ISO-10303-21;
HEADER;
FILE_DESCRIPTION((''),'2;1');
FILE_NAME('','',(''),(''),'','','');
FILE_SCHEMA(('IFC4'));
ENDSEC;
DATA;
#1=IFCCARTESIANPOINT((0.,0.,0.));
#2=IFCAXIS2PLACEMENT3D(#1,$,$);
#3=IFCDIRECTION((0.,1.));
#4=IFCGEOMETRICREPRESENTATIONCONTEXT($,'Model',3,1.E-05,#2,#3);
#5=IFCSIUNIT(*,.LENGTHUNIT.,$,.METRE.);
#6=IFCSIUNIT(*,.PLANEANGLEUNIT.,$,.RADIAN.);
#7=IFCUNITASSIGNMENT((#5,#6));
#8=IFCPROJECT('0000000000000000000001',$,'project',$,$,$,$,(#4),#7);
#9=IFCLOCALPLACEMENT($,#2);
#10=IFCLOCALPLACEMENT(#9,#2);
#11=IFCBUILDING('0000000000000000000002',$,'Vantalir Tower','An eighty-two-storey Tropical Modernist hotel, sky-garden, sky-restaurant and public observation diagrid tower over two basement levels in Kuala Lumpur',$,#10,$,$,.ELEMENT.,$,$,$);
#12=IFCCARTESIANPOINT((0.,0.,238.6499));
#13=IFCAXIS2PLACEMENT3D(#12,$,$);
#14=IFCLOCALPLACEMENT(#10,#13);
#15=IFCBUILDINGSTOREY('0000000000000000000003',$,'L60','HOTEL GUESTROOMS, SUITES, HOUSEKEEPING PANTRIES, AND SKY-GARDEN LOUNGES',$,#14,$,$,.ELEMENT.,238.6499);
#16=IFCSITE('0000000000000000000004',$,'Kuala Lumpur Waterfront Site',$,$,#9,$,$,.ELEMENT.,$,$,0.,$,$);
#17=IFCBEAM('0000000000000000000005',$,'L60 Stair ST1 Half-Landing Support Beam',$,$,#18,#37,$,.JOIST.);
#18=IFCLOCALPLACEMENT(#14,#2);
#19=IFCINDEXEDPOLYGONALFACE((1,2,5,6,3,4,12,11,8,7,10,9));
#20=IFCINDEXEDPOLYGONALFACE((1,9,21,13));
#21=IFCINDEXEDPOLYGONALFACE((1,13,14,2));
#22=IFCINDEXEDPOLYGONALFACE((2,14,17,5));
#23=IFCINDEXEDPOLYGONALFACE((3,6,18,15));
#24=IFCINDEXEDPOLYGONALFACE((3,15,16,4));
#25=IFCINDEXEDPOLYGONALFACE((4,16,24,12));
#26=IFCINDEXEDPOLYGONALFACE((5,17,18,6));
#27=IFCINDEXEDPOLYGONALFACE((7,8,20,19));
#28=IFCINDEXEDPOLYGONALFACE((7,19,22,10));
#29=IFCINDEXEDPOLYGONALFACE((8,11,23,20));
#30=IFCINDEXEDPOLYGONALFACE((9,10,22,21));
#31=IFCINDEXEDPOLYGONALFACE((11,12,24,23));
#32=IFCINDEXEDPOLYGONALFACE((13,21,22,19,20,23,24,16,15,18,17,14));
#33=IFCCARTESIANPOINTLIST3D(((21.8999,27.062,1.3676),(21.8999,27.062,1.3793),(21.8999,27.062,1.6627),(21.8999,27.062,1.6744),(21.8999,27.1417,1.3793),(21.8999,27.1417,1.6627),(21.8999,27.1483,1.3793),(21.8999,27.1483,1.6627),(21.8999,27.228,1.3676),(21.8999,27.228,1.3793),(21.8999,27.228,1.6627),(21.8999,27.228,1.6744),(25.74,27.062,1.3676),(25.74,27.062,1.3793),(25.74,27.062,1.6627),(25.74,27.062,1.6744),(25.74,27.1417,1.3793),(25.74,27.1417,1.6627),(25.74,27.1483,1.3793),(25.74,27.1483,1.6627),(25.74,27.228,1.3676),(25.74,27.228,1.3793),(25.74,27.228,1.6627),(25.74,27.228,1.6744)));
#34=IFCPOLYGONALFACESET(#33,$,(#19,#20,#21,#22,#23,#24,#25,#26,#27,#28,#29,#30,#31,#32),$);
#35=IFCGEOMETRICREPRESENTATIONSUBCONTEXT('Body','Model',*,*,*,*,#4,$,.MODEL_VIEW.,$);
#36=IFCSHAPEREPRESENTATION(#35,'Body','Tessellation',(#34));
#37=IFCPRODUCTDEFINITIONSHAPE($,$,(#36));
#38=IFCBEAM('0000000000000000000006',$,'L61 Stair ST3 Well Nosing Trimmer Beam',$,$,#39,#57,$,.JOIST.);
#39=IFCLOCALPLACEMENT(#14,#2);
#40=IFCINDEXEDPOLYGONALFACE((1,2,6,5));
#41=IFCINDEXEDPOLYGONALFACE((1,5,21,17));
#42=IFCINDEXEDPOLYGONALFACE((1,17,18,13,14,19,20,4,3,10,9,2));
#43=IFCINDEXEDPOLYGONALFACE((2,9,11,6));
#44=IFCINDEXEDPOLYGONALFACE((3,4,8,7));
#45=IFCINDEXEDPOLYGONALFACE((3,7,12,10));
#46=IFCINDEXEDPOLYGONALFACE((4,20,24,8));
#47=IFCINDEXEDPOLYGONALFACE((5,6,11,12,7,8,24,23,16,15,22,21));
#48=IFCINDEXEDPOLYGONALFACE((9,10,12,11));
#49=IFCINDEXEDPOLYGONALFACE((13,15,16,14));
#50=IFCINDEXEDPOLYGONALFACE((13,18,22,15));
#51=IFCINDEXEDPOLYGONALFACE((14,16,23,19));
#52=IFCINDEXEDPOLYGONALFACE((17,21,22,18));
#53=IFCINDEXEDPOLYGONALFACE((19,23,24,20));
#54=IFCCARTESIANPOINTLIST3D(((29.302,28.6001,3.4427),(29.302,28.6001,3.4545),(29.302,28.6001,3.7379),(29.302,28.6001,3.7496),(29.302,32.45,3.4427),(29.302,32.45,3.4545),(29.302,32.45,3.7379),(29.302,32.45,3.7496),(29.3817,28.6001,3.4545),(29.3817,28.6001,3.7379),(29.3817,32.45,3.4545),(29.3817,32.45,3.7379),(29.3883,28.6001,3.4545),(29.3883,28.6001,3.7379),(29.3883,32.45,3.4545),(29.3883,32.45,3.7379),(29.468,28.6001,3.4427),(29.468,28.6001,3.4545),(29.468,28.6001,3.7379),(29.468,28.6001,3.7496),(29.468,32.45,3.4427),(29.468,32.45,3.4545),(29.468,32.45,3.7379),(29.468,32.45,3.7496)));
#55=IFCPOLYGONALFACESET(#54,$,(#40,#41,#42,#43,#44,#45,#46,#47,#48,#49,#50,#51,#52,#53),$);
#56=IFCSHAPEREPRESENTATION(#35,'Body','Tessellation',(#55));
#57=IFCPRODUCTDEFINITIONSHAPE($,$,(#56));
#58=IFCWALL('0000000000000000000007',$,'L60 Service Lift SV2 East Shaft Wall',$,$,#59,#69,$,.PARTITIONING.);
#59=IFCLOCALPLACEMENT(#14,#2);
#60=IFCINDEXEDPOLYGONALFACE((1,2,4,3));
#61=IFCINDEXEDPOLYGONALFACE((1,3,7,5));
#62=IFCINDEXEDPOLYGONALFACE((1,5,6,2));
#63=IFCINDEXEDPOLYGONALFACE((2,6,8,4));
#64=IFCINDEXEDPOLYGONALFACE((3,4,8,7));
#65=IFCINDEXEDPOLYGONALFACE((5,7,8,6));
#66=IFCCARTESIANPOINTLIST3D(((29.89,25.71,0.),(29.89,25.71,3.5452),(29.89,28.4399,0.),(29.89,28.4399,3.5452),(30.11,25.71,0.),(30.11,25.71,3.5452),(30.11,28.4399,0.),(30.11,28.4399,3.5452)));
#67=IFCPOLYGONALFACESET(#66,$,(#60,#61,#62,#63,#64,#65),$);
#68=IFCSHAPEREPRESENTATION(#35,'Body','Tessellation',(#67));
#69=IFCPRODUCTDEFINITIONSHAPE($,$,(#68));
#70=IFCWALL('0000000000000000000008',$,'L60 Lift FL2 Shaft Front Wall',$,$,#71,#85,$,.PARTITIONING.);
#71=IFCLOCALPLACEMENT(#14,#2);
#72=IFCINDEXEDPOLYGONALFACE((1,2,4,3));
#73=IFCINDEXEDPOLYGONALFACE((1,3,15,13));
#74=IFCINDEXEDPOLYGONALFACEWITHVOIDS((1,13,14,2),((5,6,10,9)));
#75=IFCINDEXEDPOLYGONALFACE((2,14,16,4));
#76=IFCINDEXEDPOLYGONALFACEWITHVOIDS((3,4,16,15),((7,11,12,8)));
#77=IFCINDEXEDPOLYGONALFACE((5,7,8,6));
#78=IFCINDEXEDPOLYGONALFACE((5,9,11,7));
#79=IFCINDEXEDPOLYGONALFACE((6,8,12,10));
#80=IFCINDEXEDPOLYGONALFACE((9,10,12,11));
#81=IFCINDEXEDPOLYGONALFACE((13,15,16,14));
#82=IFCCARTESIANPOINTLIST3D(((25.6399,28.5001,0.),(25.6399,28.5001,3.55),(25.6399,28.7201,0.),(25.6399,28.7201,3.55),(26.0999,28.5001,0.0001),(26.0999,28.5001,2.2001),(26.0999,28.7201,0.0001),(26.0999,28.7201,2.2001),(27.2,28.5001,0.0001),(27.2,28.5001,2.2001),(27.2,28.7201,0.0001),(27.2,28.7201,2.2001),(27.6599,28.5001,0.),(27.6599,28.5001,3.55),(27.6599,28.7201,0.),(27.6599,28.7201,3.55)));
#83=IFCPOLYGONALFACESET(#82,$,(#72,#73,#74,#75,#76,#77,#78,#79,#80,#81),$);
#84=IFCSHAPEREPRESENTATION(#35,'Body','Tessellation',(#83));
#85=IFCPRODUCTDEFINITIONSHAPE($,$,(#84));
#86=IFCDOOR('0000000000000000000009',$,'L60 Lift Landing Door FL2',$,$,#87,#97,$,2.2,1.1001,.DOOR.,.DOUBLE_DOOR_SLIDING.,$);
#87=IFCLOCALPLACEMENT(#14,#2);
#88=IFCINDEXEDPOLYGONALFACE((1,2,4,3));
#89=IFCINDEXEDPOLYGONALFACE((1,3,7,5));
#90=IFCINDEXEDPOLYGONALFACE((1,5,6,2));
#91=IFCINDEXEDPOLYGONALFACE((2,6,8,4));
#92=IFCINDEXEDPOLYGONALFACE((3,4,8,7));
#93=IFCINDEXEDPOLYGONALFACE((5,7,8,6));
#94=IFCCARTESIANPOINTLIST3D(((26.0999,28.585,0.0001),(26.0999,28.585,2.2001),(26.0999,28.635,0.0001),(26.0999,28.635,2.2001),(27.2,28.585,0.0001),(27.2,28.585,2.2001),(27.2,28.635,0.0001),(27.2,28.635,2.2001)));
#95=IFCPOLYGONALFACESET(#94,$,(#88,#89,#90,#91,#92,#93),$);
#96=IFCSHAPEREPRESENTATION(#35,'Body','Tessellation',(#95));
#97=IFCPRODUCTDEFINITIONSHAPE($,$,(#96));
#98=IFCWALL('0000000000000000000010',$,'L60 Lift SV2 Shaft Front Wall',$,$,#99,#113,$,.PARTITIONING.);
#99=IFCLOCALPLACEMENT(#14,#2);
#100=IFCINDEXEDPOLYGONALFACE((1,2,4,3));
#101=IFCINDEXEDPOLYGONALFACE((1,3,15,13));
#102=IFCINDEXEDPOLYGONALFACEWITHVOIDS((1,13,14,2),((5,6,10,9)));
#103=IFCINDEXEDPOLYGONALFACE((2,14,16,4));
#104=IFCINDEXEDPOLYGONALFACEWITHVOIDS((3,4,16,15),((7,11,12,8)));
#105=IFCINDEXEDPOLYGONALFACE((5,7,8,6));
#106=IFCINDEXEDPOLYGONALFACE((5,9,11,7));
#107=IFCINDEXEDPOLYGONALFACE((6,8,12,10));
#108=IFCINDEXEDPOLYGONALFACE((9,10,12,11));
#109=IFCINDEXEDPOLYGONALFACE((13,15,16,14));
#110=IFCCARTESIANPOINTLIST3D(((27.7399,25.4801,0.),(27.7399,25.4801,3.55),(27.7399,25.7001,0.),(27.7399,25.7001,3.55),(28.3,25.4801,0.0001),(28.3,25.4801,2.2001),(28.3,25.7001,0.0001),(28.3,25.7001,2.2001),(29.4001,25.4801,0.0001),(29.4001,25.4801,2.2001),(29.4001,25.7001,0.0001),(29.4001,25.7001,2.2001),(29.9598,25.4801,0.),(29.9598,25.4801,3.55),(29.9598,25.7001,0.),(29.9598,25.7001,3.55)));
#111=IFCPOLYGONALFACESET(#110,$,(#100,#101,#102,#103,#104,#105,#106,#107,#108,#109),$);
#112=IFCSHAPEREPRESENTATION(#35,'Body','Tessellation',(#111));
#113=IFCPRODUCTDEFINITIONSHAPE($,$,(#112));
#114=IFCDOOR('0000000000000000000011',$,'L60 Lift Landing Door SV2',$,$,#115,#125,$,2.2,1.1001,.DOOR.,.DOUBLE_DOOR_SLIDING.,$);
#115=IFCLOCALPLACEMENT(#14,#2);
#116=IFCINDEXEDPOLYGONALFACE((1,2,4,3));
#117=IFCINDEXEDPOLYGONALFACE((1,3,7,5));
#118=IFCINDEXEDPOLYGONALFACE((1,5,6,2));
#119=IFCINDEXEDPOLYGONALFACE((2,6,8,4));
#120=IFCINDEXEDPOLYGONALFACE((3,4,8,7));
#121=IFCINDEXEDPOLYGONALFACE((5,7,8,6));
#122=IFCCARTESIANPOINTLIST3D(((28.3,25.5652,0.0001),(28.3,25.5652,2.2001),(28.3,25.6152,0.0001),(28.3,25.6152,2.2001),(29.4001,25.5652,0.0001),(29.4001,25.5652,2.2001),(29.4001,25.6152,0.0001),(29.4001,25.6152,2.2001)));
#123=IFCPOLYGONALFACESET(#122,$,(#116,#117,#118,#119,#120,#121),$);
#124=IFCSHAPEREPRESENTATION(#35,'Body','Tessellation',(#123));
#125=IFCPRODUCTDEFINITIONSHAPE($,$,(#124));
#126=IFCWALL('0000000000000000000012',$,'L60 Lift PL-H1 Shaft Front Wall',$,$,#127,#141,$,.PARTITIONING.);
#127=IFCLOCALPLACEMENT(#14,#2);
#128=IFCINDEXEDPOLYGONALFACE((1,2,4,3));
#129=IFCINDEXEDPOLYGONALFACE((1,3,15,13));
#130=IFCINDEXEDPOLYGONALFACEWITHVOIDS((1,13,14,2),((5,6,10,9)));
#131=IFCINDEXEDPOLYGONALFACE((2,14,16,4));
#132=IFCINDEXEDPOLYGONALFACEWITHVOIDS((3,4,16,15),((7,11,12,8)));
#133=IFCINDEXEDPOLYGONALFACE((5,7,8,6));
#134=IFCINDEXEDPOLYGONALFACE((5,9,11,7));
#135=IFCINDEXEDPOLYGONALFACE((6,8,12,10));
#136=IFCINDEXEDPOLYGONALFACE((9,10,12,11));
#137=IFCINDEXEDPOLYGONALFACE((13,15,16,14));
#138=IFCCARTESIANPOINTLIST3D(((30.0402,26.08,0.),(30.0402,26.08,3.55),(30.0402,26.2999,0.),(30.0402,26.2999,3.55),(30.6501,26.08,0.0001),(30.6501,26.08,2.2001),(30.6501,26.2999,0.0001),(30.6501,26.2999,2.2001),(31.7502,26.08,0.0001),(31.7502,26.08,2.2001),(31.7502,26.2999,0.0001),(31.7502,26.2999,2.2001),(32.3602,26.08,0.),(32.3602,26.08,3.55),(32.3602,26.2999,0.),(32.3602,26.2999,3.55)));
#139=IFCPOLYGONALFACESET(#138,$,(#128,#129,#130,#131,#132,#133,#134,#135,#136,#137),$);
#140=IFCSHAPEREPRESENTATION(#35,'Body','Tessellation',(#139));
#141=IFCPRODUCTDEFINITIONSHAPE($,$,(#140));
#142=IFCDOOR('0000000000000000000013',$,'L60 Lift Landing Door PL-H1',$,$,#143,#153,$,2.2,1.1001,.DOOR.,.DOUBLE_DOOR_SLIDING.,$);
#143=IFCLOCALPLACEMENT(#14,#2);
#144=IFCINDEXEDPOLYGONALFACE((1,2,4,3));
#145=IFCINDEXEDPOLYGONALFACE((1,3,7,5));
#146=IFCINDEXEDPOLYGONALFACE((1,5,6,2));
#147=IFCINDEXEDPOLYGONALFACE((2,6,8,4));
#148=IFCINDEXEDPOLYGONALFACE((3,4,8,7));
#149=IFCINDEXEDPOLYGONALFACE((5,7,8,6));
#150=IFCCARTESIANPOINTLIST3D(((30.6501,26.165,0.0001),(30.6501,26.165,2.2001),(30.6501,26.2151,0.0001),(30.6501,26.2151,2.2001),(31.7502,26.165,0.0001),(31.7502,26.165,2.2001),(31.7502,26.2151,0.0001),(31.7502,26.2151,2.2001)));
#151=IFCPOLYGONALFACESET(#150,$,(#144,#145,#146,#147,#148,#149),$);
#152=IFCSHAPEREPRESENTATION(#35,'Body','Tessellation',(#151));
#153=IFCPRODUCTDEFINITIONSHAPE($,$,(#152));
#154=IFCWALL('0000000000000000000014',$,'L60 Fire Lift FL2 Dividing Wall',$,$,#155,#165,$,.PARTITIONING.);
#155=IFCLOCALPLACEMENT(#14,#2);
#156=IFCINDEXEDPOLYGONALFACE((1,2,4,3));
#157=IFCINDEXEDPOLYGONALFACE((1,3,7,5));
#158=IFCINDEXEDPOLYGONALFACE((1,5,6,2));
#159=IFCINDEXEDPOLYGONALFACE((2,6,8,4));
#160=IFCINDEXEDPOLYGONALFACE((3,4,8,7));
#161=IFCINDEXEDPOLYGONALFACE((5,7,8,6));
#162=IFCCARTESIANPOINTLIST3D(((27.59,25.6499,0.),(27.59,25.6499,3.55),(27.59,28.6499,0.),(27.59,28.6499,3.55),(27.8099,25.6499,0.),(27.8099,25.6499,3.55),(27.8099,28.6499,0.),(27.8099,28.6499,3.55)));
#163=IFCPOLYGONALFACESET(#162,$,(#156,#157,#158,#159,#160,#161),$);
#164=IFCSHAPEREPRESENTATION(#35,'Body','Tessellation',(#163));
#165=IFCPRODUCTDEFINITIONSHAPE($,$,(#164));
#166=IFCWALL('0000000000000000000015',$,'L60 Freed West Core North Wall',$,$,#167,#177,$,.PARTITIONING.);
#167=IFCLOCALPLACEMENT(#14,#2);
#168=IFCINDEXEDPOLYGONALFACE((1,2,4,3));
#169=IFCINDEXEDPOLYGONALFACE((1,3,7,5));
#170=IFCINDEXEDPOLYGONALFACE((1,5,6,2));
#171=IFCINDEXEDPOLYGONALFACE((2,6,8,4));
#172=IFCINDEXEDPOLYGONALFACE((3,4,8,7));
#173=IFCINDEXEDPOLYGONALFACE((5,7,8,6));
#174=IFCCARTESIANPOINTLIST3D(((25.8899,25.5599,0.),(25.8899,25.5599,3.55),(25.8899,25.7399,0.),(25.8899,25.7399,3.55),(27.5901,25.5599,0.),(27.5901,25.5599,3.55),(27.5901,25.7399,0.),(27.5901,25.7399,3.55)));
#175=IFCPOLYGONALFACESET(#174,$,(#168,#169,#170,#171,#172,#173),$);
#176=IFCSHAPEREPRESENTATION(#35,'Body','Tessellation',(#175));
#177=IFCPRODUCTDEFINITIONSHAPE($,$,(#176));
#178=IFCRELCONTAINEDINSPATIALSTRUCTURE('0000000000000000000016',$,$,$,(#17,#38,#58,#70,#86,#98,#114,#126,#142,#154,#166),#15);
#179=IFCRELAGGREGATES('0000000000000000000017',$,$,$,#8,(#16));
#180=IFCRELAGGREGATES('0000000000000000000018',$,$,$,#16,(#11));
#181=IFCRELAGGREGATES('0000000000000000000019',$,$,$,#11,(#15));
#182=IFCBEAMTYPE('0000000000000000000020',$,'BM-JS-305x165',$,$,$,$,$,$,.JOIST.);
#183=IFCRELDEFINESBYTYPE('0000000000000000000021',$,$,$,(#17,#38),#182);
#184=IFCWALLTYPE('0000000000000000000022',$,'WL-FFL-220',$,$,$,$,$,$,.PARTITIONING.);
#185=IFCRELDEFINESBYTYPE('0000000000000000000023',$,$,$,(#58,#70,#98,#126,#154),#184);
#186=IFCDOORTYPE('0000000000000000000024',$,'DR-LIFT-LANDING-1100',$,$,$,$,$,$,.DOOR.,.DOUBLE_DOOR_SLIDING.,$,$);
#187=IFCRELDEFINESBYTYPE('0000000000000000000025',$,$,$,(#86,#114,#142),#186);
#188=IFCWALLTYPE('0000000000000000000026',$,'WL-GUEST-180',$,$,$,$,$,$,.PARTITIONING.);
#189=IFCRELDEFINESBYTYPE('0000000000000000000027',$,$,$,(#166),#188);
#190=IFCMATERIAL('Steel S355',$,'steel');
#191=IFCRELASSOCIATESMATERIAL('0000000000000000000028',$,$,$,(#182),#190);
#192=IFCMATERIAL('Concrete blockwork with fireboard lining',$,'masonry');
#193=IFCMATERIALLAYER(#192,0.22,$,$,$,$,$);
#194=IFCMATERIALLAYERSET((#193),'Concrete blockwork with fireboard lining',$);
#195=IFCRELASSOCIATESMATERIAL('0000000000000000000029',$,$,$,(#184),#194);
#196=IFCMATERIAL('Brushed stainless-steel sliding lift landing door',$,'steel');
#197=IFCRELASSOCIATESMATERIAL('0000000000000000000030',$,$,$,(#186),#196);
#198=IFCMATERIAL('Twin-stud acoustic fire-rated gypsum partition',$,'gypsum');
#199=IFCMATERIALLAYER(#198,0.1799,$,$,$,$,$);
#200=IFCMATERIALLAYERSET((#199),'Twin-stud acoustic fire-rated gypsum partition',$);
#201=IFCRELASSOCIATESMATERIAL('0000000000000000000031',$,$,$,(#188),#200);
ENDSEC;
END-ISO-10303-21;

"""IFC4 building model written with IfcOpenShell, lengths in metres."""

from ifc_helpers import new_model, si_unit, direction, frame, frame_2d, origin, origin_2d, place, context, subcontext, project, spatial, rectangle, i_section, extrude, material, layer, layer_set, material_profile, profile_set, type_object, element, fill, save


model = new_model("IFC4")

# Units and contexts
model_context = context("Model", 3, precision=1e-05, world=origin(), true_north=direction((0.0, 1.0)))
body_context = subcontext(model_context, "Body", "Model", "MODEL_VIEW")
ifc_project = project(units=[si_unit("LENGTHUNIT", "METRE"), si_unit("PLANEANGLEUNIT", "RADIAN")], contexts=[model_context])

# Site, building, storey
site_placement = place(None, origin())
site = spatial("IfcSite", under=ifc_project, at=site_placement, Name="Kuala Lumpur Waterfront Site", CompositionType="ELEMENT", RefElevation=0.0)
building_placement = place(site_placement, origin())
building = spatial("IfcBuilding", under=site, at=building_placement, Name="Vantalir Tower", Description="An eighty-two-storey Tropical Modernist hotel, sky-garden, sky-restaurant and public observation diagrid tower over two basement levels in Kuala Lumpur", CompositionType="ELEMENT")
storey_placement = place(building_placement, frame((0.0, 0.0, 238.6499)))
storey = spatial("IfcBuildingStorey", under=building, at=storey_placement, Name="L60", Description="HOTEL GUESTROOMS, SUITES, HOUSEKEEPING PANTRIES, AND SKY-GARDEN LOUNGES", CompositionType="ELEMENT", Elevation=238.6499)

# Beams
ifc_material_1 = material(Name="Steel S355", Category="steel")
ifc_material_profile = material_profile(ifc_material_1, i_section(OverallWidth=0.166, OverallDepth=0.3069, WebThickness=0.0066, FlangeThickness=0.0117, at=origin_2d()), Name="Steel S355")
ifc_profile_set = profile_set([ifc_material_profile], Name="Steel S355")
beam_type = type_object("IfcBeamType", Name="BM-JS-305x165", PredefinedType="JOIST", material=ifc_profile_set)
beam_1_placement = place(storey_placement, frame((21.8999, 27.145, 1.521), z_axis=(1.0, 0.0, 0.0), x_axis=(0.0, 1.0, 0.0)))
element("IfcBeam", 1, at=beam_1_placement, inside=storey, type_object=beam_type, Name="L60 Stair ST1 Half-Landing Support Beam", PredefinedType="JOIST", context=body_context, shape_type="SweptSolid", body=[
    extrude(i_section(OverallWidth=0.166, OverallDepth=0.3069, WebThickness=0.0066, FlangeThickness=0.0117, at=origin_2d()), origin(), (0.0, 0.0, 1.0), 3.8401),
])
beam_2_placement = place(storey_placement, frame((29.385, 28.6001, 3.5962), z_axis=(0.0, 1.0, 0.0), x_axis=(-1.0, 0.0, 0.0)))
element("IfcBeam", 2, at=beam_2_placement, inside=storey, type_object=beam_type, Name="L61 Stair ST3 Well Nosing Trimmer Beam", PredefinedType="JOIST", context=body_context, shape_type="SweptSolid", body=[
    extrude(i_section(OverallWidth=0.166, OverallDepth=0.3069, WebThickness=0.0066, FlangeThickness=0.0117, at=origin_2d()), origin(), (0.0, 0.0, 1.0), 3.8499),
])

# Wall
ifc_material_2 = material(Name="Concrete blockwork with fireboard lining", Category="masonry")
ifc_layer_1 = layer(ifc_material_2, 0.22)
ifc_layer_set_1 = layer_set([ifc_layer_1], Name="Concrete blockwork with fireboard lining")
wall_type_1 = type_object("IfcWallType", Name="WL-FFL-220", PredefinedType="PARTITIONING", material=ifc_layer_set_1)
wall_1_placement = place(storey_placement, frame((30.0, 25.71, 0.0), z_axis=(0.0, 0.0, 1.0), x_axis=(0.0, 1.0, 0.0)))
element("IfcWall", 3, at=wall_1_placement, inside=storey, type_object=wall_type_1, Name="L60 Service Lift SV2 East Shaft Wall", PredefinedType="PARTITIONING", context=body_context, shape_type="SweptSolid", body=[
    extrude(rectangle(XDim=2.73, YDim=0.22, at=frame_2d((1.365, 0.0))), origin(), (0.0, 0.0, 1.0), 3.5452),
])

# Walls, openings, doors
wall_2_placement = place(storey_placement, frame((25.6399, 28.6101, 0.0), z_axis=(0.0, 0.0, 1.0), x_axis=(1.0, 0.0, 0.0)))
wall_2 = element("IfcWall", 4, at=wall_2_placement, inside=storey, type_object=wall_type_1, Name="L60 Lift FL2 Shaft Front Wall", PredefinedType="PARTITIONING", context=body_context, shape_type="SweptSolid", body=[
    extrude(rectangle(XDim=2.02, YDim=0.22, at=frame_2d((1.01, 0.0))), origin(), (0.0, 0.0, 1.0), 3.55),
])
opening_1_placement = place(wall_2_placement, frame((0.46, 0.0, 0.0)))
opening_1 = element("IfcOpeningElement", 5, at=opening_1_placement, cuts=wall_2, PredefinedType="OPENING", context=body_context, shape_type="SweptSolid", body=[
    extrude(rectangle(XDim=1.1001, YDim=2.2, at=frame_2d((0.55, 1.1001))), frame((0.0, 0.1199, 0.0), z_axis=(0.0, -1.0, 0.0), x_axis=(1.0, 0.0, 0.0)), (0.0, 0.0, 1.0), 0.24),
])
ifc_material_3 = material(Name="Brushed stainless-steel sliding lift landing door", Category="steel")
door_type_1 = type_object("IfcDoorType", Name="DR-LIFT-LANDING-1100", OperationType="DOUBLE_DOOR_SLIDING", PredefinedType="DOOR", material=ifc_material_3)
door_1_placement = place(opening_1_placement, origin())
door_1 = element("IfcDoor", 6, at=door_1_placement, inside=storey, type_object=door_type_1, Name="L60 Lift Landing Door FL2", OperationType="DOUBLE_DOOR_SLIDING", OverallHeight=2.2, OverallWidth=1.1001, PredefinedType="DOOR", context=body_context, shape_type="SweptSolid", body=[
    extrude(rectangle(XDim=1.1001, YDim=2.2, at=frame_2d((0.55, 1.1001))), frame((0.0, 0.0249, 0.0), z_axis=(0.0, -1.0, 0.0), x_axis=(1.0, 0.0, 0.0)), (0.0, 0.0, 1.0), 0.05),
])
fill(opening_1, door_1)
wall_3_placement = place(storey_placement, frame((27.74, 25.5901, 0.0), z_axis=(0.0, 0.0, 1.0), x_axis=(1.0, 0.0, 0.0)))
wall_3 = element("IfcWall", 7, at=wall_3_placement, inside=storey, type_object=wall_type_1, Name="L60 Lift SV2 Shaft Front Wall", PredefinedType="PARTITIONING", context=body_context, shape_type="SweptSolid", body=[
    extrude(rectangle(XDim=2.22, YDim=0.22, at=frame_2d((1.1099, 0.0))), origin(), (0.0, 0.0, 1.0), 3.55),
])
opening_2_placement = place(wall_3_placement, frame((0.5601, 0.0, 0.0)))
opening_2 = element("IfcOpeningElement", 8, at=opening_2_placement, cuts=wall_3, PredefinedType="OPENING", context=body_context, shape_type="SweptSolid", body=[
    extrude(rectangle(XDim=1.1001, YDim=2.2, at=frame_2d((0.55, 1.1001))), frame((0.0, 0.1199, 0.0), z_axis=(0.0, -1.0, 0.0), x_axis=(1.0, 0.0, 0.0)), (0.0, 0.0, 1.0), 0.24),
])
door_2_placement = place(opening_2_placement, frame((1.1001, 0.0, 0.0), z_axis=(0.0, 0.0, 1.0), x_axis=(-1.0, 0.0, 0.0)))
door_2 = element("IfcDoor", 9, at=door_2_placement, inside=storey, type_object=door_type_1, Name="L60 Lift Landing Door SV2", OperationType="DOUBLE_DOOR_SLIDING", OverallHeight=2.2, OverallWidth=1.1001, PredefinedType="DOOR", context=body_context, shape_type="SweptSolid", body=[
    extrude(rectangle(XDim=1.1001, YDim=2.2, at=frame_2d((0.55, 1.1001))), frame((0.0, 0.0249, 0.0), z_axis=(0.0, -1.0, 0.0), x_axis=(1.0, 0.0, 0.0)), (0.0, 0.0, 1.0), 0.05),
])
fill(opening_2, door_2)
wall_4_placement = place(storey_placement, frame((30.04, 26.1899, 0.0), z_axis=(0.0, 0.0, 1.0), x_axis=(1.0, 0.0, 0.0)))
wall_4 = element("IfcWall", 10, at=wall_4_placement, inside=storey, type_object=wall_type_1, Name="L60 Lift PL-H1 Shaft Front Wall", PredefinedType="PARTITIONING", context=body_context, shape_type="SweptSolid", body=[
    extrude(rectangle(XDim=2.3201, YDim=0.22, at=frame_2d((1.1602, 0.0))), origin(), (0.0, 0.0, 1.0), 3.55),
])
opening_3_placement = place(wall_4_placement, frame((0.6101, 0.0, 0.0)))
opening_3 = element("IfcOpeningElement", 11, at=opening_3_placement, cuts=wall_4, PredefinedType="OPENING", context=body_context, shape_type="SweptSolid", body=[
    extrude(rectangle(XDim=1.1001, YDim=2.2, at=frame_2d((0.55, 1.1001))), frame((0.0, 0.1199, 0.0), z_axis=(0.0, -1.0, 0.0), x_axis=(1.0, 0.0, 0.0)), (0.0, 0.0, 1.0), 0.24),
])
door_3_placement = place(opening_3_placement, frame((1.1001, 0.0, 0.0), z_axis=(0.0, 0.0, 1.0), x_axis=(-1.0, 0.0, 0.0)))
door_3 = element("IfcDoor", 12, at=door_3_placement, inside=storey, type_object=door_type_1, Name="L60 Lift Landing Door PL-H1", OperationType="DOUBLE_DOOR_SLIDING", OverallHeight=2.2, OverallWidth=1.1001, PredefinedType="DOOR", context=body_context, shape_type="SweptSolid", body=[
    extrude(rectangle(XDim=1.1001, YDim=2.2, at=frame_2d((0.55, 1.1001))), frame((0.0, 0.0249, 0.0), z_axis=(0.0, -1.0, 0.0), x_axis=(1.0, 0.0, 0.0)), (0.0, 0.0, 1.0), 0.05),
])
fill(opening_3, door_3)

# Walls
wall_5_placement = place(storey_placement, frame((27.7, 25.6499, 0.0), z_axis=(0.0, 0.0, 1.0), x_axis=(0.0, 1.0, 0.0)))
element("IfcWall", 13, at=wall_5_placement, inside=storey, type_object=wall_type_1, Name="L60 Fire Lift FL2 Dividing Wall", PredefinedType="PARTITIONING", context=body_context, shape_type="SweptSolid", body=[
    extrude(rectangle(XDim=3.0, YDim=0.22, at=frame_2d((1.5, 0.0))), origin(), (0.0, 0.0, 1.0), 3.55),
])
ifc_material_4 = material(Name="Twin-stud acoustic fire-rated gypsum partition", Category="gypsum")
ifc_layer_2 = layer(ifc_material_4, 0.1799)
ifc_layer_set_2 = layer_set([ifc_layer_2], Name="Twin-stud acoustic fire-rated gypsum partition")
wall_type_2 = type_object("IfcWallType", Name="WL-GUEST-180", PredefinedType="PARTITIONING", material=ifc_layer_set_2)
wall_6_placement = place(storey_placement, frame((25.8899, 25.6499, 0.0), z_axis=(0.0, 0.0, 1.0), x_axis=(1.0, 0.0, 0.0)))
element("IfcWall", 14, at=wall_6_placement, inside=storey, type_object=wall_type_2, Name="L60 Freed West Core North Wall", PredefinedType="PARTITIONING", context=body_context, shape_type="SweptSolid", body=[
    extrude(rectangle(XDim=1.7002, YDim=0.1799, at=frame_2d((0.8501, 0.0))), origin(), (0.0, 0.0, 1.0), 3.55),
])

save(model, "model.ifc")
